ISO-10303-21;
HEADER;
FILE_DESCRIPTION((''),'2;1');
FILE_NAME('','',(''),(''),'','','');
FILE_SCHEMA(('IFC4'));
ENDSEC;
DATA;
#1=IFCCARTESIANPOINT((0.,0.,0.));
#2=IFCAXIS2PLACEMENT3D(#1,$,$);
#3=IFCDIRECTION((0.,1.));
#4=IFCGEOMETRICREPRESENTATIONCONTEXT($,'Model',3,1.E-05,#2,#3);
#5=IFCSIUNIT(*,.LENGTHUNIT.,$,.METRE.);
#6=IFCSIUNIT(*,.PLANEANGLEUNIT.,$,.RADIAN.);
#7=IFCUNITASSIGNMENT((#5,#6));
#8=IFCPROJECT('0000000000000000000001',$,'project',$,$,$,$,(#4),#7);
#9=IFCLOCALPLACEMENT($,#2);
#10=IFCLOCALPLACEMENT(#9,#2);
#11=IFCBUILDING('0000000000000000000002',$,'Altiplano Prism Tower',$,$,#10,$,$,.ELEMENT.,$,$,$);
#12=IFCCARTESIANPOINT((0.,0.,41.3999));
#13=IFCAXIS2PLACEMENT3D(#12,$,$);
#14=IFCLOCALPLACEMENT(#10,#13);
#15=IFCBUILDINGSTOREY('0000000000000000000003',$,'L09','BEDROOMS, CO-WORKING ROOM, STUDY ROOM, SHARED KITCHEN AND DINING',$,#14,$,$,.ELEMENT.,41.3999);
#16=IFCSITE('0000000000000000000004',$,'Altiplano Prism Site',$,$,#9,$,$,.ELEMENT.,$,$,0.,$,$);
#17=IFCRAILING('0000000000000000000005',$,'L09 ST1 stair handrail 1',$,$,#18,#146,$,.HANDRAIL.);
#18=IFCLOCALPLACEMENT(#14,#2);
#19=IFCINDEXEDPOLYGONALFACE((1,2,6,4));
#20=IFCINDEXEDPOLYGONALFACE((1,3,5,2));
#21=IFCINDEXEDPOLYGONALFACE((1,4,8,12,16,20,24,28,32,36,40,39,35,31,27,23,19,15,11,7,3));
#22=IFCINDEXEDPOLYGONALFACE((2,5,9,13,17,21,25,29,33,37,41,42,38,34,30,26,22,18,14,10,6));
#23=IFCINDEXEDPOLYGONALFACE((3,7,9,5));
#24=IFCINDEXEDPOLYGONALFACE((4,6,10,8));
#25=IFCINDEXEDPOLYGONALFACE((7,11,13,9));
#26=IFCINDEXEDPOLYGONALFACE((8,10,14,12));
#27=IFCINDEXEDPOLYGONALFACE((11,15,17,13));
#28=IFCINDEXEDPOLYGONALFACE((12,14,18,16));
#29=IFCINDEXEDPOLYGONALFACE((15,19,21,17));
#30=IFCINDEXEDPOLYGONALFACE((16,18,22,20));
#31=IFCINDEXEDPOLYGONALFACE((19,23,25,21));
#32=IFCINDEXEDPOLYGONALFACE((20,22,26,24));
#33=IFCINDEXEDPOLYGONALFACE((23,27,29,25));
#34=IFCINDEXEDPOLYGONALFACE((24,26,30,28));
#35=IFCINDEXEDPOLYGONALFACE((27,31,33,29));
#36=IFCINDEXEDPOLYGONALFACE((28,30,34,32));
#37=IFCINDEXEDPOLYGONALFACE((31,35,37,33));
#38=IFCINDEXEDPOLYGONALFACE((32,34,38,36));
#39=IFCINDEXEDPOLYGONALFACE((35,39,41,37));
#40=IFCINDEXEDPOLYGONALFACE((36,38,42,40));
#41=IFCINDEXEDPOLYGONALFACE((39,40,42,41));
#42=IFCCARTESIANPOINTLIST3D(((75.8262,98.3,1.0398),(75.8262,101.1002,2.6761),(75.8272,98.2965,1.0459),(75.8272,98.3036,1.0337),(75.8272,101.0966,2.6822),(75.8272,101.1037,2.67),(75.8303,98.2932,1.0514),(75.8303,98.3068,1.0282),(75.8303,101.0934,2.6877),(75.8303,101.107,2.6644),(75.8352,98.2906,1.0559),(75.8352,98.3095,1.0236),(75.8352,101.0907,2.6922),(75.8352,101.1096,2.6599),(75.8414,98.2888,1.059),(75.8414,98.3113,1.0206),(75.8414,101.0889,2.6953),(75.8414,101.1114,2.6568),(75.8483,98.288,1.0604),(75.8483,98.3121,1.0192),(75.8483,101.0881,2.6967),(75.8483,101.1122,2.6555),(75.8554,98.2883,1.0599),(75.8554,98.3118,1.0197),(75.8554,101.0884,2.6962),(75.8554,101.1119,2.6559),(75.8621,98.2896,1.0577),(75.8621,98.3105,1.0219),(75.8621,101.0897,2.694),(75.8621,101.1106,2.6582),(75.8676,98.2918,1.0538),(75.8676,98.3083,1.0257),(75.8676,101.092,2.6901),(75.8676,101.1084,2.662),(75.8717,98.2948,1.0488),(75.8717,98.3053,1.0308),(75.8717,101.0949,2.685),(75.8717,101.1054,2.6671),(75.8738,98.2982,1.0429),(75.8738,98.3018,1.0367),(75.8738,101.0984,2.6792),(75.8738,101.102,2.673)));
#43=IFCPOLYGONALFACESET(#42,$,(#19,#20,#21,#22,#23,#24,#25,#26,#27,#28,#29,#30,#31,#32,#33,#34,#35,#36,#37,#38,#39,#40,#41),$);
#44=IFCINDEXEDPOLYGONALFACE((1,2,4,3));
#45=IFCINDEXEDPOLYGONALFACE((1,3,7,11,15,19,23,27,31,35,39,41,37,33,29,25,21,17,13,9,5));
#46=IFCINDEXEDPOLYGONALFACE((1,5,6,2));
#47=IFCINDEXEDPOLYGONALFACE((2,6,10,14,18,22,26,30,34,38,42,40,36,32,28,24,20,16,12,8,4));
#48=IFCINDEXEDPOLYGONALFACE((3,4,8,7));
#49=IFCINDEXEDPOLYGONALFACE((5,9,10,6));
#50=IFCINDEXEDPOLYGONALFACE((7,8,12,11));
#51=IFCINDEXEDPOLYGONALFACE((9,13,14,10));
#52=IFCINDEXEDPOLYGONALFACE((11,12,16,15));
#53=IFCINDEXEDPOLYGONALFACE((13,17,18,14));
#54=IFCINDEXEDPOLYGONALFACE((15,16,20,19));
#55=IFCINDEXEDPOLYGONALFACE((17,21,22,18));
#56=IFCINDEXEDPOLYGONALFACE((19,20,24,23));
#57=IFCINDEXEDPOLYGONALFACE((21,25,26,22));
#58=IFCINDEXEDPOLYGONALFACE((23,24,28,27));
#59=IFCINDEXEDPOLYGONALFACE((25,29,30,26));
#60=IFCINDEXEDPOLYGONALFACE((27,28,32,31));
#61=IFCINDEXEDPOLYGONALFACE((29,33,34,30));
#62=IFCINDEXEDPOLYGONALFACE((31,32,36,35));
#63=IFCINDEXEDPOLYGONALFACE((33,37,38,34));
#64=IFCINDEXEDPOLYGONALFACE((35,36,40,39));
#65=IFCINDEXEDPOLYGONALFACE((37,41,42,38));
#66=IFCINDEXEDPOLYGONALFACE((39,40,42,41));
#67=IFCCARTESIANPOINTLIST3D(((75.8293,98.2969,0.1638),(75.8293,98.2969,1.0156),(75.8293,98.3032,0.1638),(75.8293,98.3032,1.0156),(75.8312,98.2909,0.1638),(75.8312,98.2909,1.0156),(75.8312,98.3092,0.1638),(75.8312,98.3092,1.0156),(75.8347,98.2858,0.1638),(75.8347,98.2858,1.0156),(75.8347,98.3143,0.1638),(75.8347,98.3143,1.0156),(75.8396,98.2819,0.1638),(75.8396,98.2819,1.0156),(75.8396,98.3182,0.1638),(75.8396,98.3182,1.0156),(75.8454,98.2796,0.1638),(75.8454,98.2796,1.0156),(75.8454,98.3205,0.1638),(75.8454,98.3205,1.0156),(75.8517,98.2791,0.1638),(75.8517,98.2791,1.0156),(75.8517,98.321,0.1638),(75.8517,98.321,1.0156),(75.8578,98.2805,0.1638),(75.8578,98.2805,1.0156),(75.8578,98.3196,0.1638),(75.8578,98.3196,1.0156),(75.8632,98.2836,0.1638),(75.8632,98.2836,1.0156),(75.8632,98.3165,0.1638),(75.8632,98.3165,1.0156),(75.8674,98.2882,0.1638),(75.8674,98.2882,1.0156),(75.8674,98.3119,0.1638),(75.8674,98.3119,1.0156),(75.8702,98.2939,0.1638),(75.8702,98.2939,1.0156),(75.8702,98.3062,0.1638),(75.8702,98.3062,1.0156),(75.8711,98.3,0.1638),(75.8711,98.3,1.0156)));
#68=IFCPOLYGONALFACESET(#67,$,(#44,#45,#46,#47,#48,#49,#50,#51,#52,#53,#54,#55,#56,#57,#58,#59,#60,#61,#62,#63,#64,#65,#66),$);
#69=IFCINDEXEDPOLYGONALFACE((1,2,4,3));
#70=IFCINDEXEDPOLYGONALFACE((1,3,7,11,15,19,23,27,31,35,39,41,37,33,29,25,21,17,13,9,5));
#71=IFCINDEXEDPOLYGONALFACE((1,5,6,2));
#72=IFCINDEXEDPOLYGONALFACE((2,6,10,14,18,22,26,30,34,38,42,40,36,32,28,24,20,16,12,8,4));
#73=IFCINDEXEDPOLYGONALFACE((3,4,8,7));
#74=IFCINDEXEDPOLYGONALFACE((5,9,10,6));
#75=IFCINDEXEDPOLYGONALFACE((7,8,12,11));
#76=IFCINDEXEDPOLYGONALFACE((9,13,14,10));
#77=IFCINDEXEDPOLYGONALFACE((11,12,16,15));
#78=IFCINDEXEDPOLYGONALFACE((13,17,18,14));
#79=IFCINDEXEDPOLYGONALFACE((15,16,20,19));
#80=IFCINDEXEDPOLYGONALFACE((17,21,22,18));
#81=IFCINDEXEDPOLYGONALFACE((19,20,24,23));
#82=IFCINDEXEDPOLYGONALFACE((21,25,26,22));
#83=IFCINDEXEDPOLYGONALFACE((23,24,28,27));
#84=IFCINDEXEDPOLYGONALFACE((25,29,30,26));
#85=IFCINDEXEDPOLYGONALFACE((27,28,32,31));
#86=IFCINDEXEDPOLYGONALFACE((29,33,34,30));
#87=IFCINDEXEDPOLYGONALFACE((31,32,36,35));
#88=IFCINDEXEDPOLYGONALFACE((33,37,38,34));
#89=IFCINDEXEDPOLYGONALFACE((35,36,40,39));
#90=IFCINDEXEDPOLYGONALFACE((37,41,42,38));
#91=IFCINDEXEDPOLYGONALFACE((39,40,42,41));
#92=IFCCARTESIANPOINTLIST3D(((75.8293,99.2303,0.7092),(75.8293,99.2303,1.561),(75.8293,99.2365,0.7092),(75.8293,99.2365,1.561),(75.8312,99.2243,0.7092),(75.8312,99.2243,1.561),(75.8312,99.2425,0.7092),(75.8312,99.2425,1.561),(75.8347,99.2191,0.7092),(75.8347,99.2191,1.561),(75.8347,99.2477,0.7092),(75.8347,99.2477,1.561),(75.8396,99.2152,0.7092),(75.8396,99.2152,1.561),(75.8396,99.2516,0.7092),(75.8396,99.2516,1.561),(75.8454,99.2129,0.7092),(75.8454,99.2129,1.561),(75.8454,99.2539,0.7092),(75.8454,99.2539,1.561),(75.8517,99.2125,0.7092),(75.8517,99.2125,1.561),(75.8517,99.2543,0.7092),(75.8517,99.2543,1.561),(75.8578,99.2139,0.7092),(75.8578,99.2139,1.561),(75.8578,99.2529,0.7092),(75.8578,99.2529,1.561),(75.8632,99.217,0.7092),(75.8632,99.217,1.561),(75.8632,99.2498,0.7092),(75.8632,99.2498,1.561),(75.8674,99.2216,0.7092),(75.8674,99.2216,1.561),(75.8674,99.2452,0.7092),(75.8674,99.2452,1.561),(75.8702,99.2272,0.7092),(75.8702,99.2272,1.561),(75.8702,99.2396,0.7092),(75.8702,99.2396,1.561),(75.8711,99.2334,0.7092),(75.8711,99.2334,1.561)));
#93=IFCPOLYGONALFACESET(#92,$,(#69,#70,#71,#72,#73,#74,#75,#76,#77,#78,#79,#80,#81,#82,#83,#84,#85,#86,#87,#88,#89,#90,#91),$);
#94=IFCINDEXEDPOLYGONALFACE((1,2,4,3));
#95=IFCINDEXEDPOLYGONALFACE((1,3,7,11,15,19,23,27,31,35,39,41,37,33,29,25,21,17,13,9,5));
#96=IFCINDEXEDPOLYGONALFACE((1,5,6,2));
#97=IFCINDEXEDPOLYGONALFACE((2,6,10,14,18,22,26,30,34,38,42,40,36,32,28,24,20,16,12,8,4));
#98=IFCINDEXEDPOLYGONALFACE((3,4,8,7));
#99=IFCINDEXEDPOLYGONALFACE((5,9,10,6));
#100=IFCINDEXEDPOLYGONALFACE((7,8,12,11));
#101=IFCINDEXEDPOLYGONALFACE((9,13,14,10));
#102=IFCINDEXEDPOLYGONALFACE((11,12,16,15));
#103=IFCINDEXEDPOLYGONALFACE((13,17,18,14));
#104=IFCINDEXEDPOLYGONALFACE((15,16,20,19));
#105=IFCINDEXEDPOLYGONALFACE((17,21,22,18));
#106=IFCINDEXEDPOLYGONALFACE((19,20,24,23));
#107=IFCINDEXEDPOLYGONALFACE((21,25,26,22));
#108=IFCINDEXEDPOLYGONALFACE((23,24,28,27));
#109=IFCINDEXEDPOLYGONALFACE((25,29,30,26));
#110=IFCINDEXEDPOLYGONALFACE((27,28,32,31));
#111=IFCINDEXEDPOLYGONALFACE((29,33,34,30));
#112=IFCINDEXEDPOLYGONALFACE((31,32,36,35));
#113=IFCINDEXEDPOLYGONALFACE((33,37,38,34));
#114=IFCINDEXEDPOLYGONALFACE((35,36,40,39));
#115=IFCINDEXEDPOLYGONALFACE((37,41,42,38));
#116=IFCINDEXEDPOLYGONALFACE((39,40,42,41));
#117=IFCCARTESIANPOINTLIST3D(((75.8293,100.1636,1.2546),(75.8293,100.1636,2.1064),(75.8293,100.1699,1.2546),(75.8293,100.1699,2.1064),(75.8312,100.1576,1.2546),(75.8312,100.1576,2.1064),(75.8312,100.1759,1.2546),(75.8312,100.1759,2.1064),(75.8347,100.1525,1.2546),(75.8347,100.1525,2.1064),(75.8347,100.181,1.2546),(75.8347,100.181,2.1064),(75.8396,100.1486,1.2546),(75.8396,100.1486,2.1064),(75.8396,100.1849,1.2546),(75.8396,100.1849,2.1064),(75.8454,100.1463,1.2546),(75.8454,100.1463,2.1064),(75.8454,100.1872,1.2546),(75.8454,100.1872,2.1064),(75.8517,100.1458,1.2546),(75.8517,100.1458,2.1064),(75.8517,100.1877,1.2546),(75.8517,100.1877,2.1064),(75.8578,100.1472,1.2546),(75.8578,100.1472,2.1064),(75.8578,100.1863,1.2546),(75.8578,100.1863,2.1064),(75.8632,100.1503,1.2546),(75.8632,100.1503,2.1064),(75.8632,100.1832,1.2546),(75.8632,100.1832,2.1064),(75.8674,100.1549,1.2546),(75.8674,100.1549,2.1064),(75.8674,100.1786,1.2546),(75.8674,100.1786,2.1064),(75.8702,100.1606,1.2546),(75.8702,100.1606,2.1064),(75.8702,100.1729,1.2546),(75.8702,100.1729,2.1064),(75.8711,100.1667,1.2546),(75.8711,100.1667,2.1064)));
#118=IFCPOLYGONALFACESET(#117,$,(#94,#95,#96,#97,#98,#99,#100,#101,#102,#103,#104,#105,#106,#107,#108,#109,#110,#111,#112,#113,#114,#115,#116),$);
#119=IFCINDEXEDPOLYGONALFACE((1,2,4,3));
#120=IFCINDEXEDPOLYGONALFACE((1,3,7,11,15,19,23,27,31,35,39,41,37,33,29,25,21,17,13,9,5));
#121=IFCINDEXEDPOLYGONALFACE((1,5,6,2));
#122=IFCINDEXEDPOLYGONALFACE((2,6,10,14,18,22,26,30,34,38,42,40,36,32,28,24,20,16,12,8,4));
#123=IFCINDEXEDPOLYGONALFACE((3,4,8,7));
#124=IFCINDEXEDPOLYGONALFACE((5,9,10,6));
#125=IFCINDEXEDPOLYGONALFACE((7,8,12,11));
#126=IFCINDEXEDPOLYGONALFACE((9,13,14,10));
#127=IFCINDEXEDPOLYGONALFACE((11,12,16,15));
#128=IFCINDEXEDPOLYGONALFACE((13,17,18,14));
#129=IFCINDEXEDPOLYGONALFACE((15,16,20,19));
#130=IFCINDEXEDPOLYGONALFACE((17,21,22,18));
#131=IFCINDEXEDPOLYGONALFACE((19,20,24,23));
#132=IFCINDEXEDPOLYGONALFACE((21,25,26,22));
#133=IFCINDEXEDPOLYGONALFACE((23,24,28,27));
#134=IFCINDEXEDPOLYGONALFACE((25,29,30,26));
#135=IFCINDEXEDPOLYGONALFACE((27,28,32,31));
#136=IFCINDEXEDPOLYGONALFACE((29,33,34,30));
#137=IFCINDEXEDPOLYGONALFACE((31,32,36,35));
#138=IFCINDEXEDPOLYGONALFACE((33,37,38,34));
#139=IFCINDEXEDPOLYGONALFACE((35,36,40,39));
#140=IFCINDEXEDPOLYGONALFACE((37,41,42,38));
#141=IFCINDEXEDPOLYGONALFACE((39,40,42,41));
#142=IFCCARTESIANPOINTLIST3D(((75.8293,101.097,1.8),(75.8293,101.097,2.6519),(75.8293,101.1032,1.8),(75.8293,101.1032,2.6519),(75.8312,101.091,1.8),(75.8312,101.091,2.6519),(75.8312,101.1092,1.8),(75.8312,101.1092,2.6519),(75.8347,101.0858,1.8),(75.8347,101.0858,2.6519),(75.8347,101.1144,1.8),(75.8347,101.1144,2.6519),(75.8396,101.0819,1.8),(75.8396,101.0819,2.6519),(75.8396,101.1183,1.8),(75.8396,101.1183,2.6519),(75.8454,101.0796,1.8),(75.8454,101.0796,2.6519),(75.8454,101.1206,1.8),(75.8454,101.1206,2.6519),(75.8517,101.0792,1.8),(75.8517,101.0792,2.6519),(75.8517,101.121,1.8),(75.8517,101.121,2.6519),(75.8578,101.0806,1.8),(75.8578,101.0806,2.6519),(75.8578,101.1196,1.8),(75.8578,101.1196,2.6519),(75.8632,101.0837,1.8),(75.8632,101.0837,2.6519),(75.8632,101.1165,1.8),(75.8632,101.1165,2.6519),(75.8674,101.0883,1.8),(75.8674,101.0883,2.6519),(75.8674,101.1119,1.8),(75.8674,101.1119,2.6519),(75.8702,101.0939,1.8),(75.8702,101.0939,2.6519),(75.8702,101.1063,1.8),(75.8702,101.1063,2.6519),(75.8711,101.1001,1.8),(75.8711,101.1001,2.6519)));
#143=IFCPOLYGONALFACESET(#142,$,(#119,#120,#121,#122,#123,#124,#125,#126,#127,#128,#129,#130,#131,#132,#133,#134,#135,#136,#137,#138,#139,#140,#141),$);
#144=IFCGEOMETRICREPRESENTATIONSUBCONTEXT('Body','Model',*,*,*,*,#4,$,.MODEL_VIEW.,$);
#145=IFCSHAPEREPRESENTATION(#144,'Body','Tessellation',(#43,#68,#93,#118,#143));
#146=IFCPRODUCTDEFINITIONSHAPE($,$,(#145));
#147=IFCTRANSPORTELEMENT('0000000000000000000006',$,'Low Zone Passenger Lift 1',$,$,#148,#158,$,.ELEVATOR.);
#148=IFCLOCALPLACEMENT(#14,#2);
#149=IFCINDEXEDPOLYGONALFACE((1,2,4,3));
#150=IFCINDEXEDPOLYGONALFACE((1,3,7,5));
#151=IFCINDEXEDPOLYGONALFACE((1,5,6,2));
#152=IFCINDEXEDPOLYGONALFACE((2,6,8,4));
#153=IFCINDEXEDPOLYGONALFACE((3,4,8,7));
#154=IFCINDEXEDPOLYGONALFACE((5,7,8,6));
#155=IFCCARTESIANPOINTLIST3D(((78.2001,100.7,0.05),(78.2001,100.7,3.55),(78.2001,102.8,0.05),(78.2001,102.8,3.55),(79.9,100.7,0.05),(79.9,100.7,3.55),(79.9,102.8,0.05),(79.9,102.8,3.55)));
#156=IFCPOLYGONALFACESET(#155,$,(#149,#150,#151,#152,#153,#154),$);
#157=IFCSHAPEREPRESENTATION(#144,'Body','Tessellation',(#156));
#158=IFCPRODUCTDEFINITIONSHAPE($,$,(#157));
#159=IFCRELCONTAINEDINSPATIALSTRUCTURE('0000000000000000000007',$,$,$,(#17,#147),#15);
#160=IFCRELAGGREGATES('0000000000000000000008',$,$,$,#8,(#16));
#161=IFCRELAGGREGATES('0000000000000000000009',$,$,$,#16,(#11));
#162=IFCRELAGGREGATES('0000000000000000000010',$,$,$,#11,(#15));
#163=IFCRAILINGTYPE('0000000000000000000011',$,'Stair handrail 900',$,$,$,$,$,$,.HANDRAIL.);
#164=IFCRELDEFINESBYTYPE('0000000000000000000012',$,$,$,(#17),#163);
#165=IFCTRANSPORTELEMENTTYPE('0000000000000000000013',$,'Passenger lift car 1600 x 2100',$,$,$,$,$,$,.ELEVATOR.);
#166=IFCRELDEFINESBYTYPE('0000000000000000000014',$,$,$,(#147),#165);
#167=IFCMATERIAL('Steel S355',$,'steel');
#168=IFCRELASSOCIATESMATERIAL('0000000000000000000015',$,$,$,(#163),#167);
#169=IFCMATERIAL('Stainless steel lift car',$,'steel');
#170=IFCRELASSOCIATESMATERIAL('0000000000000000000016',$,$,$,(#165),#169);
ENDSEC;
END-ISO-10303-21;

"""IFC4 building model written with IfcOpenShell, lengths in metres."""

from ifc_helpers import new_model, si_unit, direction, frame, origin, origin_2d, place, context, subcontext, project, spatial, rectangle, circle, extrude, material, type_object, element, save


model = new_model("IFC4")

# Units and contexts
model_context = context("Model", 3, precision=1e-05, world=origin(), true_north=direction((0.0, 1.0)))
body_context = subcontext(model_context, "Body", "Model", "MODEL_VIEW")
ifc_project = project(units=[si_unit("LENGTHUNIT", "METRE"), si_unit("PLANEANGLEUNIT", "RADIAN")], contexts=[model_context])

# Site, building, storey
site_placement = place(None, origin())
site = spatial("IfcSite", under=ifc_project, at=site_placement, Name="Altiplano Prism Site", CompositionType="ELEMENT", RefElevation=0.0)
building_placement = place(site_placement, origin())
building = spatial("IfcBuilding", under=site, at=building_placement, Name="Altiplano Prism Tower", CompositionType="ELEMENT")
storey_placement = place(building_placement, frame((0.0, 0.0, 41.3999)))
storey = spatial("IfcBuildingStorey", under=building, at=storey_placement, Name="L09", Description="BEDROOMS, CO-WORKING ROOM, STUDY ROOM, SHARED KITCHEN AND DINING", CompositionType="ELEMENT", Elevation=41.3999)

# Railing
ifc_material_1 = material(Name="Steel S355", Category="steel")
railing_type_1 = type_object("IfcRailingType", Name="Stair handrail 900", PredefinedType="HANDRAIL", material=ifc_material_1)
railing_1_placement = place(storey_placement, frame((75.8501, 98.3, 0.1638)))
element("IfcRailing", 1, at=railing_1_placement, inside=storey, type_object=railing_type_1, Name="L09 ST1 stair handrail 1", PredefinedType="HANDRAIL", context=body_context, shape_type="SweptSolid", body=[
    extrude(circle(Radius=0.0239, at=origin_2d()), frame((0.0, 0.0, 0.876), z_axis=(0.0, 0.863394, 0.504531), x_axis=(-1.0, 0.0, 0.0)), (0.0, 0.0, 1.0), 3.2432),
    extrude(circle(Radius=0.021, at=origin_2d()), origin(), (0.0, 0.0, 1.0), 0.8518),
    extrude(circle(Radius=0.021, at=origin_2d()), frame((0.0, 0.9333, 0.5454)), (0.0, 0.0, 1.0), 0.8518),
    extrude(circle(Radius=0.021, at=origin_2d()), frame((0.0, 1.8667, 1.0908)), (0.0, 0.0, 1.0), 0.8518),
    extrude(circle(Radius=0.021, at=origin_2d()), frame((0.0, 2.8, 1.6362)), (0.0, 0.0, 1.0), 0.8518),
])

# Transport element
ifc_material_2 = material(Name="Stainless steel lift car", Category="steel")
transport_element_type = type_object("IfcTransportElementType", Name="Passenger lift car 1600 x 2100", PredefinedType="ELEVATOR", material=ifc_material_2)
transport_element_placement = place(storey_placement, frame((79.05, 101.75, 0.05), z_axis=(0.0, 0.0, 1.0), x_axis=(1.0, 0.0, 0.0)))
element("IfcTransportElement", 2, at=transport_element_placement, inside=storey, type_object=transport_element_type, Name="Low Zone Passenger Lift 1", PredefinedType="ELEVATOR", context=body_context, shape_type="SweptSolid", body=[
    extrude(rectangle(XDim=1.7, YDim=2.1001, at=origin_2d()), origin(), (0.0, 0.0, 1.0), 3.5),
])

save(model, "model.ifc")
